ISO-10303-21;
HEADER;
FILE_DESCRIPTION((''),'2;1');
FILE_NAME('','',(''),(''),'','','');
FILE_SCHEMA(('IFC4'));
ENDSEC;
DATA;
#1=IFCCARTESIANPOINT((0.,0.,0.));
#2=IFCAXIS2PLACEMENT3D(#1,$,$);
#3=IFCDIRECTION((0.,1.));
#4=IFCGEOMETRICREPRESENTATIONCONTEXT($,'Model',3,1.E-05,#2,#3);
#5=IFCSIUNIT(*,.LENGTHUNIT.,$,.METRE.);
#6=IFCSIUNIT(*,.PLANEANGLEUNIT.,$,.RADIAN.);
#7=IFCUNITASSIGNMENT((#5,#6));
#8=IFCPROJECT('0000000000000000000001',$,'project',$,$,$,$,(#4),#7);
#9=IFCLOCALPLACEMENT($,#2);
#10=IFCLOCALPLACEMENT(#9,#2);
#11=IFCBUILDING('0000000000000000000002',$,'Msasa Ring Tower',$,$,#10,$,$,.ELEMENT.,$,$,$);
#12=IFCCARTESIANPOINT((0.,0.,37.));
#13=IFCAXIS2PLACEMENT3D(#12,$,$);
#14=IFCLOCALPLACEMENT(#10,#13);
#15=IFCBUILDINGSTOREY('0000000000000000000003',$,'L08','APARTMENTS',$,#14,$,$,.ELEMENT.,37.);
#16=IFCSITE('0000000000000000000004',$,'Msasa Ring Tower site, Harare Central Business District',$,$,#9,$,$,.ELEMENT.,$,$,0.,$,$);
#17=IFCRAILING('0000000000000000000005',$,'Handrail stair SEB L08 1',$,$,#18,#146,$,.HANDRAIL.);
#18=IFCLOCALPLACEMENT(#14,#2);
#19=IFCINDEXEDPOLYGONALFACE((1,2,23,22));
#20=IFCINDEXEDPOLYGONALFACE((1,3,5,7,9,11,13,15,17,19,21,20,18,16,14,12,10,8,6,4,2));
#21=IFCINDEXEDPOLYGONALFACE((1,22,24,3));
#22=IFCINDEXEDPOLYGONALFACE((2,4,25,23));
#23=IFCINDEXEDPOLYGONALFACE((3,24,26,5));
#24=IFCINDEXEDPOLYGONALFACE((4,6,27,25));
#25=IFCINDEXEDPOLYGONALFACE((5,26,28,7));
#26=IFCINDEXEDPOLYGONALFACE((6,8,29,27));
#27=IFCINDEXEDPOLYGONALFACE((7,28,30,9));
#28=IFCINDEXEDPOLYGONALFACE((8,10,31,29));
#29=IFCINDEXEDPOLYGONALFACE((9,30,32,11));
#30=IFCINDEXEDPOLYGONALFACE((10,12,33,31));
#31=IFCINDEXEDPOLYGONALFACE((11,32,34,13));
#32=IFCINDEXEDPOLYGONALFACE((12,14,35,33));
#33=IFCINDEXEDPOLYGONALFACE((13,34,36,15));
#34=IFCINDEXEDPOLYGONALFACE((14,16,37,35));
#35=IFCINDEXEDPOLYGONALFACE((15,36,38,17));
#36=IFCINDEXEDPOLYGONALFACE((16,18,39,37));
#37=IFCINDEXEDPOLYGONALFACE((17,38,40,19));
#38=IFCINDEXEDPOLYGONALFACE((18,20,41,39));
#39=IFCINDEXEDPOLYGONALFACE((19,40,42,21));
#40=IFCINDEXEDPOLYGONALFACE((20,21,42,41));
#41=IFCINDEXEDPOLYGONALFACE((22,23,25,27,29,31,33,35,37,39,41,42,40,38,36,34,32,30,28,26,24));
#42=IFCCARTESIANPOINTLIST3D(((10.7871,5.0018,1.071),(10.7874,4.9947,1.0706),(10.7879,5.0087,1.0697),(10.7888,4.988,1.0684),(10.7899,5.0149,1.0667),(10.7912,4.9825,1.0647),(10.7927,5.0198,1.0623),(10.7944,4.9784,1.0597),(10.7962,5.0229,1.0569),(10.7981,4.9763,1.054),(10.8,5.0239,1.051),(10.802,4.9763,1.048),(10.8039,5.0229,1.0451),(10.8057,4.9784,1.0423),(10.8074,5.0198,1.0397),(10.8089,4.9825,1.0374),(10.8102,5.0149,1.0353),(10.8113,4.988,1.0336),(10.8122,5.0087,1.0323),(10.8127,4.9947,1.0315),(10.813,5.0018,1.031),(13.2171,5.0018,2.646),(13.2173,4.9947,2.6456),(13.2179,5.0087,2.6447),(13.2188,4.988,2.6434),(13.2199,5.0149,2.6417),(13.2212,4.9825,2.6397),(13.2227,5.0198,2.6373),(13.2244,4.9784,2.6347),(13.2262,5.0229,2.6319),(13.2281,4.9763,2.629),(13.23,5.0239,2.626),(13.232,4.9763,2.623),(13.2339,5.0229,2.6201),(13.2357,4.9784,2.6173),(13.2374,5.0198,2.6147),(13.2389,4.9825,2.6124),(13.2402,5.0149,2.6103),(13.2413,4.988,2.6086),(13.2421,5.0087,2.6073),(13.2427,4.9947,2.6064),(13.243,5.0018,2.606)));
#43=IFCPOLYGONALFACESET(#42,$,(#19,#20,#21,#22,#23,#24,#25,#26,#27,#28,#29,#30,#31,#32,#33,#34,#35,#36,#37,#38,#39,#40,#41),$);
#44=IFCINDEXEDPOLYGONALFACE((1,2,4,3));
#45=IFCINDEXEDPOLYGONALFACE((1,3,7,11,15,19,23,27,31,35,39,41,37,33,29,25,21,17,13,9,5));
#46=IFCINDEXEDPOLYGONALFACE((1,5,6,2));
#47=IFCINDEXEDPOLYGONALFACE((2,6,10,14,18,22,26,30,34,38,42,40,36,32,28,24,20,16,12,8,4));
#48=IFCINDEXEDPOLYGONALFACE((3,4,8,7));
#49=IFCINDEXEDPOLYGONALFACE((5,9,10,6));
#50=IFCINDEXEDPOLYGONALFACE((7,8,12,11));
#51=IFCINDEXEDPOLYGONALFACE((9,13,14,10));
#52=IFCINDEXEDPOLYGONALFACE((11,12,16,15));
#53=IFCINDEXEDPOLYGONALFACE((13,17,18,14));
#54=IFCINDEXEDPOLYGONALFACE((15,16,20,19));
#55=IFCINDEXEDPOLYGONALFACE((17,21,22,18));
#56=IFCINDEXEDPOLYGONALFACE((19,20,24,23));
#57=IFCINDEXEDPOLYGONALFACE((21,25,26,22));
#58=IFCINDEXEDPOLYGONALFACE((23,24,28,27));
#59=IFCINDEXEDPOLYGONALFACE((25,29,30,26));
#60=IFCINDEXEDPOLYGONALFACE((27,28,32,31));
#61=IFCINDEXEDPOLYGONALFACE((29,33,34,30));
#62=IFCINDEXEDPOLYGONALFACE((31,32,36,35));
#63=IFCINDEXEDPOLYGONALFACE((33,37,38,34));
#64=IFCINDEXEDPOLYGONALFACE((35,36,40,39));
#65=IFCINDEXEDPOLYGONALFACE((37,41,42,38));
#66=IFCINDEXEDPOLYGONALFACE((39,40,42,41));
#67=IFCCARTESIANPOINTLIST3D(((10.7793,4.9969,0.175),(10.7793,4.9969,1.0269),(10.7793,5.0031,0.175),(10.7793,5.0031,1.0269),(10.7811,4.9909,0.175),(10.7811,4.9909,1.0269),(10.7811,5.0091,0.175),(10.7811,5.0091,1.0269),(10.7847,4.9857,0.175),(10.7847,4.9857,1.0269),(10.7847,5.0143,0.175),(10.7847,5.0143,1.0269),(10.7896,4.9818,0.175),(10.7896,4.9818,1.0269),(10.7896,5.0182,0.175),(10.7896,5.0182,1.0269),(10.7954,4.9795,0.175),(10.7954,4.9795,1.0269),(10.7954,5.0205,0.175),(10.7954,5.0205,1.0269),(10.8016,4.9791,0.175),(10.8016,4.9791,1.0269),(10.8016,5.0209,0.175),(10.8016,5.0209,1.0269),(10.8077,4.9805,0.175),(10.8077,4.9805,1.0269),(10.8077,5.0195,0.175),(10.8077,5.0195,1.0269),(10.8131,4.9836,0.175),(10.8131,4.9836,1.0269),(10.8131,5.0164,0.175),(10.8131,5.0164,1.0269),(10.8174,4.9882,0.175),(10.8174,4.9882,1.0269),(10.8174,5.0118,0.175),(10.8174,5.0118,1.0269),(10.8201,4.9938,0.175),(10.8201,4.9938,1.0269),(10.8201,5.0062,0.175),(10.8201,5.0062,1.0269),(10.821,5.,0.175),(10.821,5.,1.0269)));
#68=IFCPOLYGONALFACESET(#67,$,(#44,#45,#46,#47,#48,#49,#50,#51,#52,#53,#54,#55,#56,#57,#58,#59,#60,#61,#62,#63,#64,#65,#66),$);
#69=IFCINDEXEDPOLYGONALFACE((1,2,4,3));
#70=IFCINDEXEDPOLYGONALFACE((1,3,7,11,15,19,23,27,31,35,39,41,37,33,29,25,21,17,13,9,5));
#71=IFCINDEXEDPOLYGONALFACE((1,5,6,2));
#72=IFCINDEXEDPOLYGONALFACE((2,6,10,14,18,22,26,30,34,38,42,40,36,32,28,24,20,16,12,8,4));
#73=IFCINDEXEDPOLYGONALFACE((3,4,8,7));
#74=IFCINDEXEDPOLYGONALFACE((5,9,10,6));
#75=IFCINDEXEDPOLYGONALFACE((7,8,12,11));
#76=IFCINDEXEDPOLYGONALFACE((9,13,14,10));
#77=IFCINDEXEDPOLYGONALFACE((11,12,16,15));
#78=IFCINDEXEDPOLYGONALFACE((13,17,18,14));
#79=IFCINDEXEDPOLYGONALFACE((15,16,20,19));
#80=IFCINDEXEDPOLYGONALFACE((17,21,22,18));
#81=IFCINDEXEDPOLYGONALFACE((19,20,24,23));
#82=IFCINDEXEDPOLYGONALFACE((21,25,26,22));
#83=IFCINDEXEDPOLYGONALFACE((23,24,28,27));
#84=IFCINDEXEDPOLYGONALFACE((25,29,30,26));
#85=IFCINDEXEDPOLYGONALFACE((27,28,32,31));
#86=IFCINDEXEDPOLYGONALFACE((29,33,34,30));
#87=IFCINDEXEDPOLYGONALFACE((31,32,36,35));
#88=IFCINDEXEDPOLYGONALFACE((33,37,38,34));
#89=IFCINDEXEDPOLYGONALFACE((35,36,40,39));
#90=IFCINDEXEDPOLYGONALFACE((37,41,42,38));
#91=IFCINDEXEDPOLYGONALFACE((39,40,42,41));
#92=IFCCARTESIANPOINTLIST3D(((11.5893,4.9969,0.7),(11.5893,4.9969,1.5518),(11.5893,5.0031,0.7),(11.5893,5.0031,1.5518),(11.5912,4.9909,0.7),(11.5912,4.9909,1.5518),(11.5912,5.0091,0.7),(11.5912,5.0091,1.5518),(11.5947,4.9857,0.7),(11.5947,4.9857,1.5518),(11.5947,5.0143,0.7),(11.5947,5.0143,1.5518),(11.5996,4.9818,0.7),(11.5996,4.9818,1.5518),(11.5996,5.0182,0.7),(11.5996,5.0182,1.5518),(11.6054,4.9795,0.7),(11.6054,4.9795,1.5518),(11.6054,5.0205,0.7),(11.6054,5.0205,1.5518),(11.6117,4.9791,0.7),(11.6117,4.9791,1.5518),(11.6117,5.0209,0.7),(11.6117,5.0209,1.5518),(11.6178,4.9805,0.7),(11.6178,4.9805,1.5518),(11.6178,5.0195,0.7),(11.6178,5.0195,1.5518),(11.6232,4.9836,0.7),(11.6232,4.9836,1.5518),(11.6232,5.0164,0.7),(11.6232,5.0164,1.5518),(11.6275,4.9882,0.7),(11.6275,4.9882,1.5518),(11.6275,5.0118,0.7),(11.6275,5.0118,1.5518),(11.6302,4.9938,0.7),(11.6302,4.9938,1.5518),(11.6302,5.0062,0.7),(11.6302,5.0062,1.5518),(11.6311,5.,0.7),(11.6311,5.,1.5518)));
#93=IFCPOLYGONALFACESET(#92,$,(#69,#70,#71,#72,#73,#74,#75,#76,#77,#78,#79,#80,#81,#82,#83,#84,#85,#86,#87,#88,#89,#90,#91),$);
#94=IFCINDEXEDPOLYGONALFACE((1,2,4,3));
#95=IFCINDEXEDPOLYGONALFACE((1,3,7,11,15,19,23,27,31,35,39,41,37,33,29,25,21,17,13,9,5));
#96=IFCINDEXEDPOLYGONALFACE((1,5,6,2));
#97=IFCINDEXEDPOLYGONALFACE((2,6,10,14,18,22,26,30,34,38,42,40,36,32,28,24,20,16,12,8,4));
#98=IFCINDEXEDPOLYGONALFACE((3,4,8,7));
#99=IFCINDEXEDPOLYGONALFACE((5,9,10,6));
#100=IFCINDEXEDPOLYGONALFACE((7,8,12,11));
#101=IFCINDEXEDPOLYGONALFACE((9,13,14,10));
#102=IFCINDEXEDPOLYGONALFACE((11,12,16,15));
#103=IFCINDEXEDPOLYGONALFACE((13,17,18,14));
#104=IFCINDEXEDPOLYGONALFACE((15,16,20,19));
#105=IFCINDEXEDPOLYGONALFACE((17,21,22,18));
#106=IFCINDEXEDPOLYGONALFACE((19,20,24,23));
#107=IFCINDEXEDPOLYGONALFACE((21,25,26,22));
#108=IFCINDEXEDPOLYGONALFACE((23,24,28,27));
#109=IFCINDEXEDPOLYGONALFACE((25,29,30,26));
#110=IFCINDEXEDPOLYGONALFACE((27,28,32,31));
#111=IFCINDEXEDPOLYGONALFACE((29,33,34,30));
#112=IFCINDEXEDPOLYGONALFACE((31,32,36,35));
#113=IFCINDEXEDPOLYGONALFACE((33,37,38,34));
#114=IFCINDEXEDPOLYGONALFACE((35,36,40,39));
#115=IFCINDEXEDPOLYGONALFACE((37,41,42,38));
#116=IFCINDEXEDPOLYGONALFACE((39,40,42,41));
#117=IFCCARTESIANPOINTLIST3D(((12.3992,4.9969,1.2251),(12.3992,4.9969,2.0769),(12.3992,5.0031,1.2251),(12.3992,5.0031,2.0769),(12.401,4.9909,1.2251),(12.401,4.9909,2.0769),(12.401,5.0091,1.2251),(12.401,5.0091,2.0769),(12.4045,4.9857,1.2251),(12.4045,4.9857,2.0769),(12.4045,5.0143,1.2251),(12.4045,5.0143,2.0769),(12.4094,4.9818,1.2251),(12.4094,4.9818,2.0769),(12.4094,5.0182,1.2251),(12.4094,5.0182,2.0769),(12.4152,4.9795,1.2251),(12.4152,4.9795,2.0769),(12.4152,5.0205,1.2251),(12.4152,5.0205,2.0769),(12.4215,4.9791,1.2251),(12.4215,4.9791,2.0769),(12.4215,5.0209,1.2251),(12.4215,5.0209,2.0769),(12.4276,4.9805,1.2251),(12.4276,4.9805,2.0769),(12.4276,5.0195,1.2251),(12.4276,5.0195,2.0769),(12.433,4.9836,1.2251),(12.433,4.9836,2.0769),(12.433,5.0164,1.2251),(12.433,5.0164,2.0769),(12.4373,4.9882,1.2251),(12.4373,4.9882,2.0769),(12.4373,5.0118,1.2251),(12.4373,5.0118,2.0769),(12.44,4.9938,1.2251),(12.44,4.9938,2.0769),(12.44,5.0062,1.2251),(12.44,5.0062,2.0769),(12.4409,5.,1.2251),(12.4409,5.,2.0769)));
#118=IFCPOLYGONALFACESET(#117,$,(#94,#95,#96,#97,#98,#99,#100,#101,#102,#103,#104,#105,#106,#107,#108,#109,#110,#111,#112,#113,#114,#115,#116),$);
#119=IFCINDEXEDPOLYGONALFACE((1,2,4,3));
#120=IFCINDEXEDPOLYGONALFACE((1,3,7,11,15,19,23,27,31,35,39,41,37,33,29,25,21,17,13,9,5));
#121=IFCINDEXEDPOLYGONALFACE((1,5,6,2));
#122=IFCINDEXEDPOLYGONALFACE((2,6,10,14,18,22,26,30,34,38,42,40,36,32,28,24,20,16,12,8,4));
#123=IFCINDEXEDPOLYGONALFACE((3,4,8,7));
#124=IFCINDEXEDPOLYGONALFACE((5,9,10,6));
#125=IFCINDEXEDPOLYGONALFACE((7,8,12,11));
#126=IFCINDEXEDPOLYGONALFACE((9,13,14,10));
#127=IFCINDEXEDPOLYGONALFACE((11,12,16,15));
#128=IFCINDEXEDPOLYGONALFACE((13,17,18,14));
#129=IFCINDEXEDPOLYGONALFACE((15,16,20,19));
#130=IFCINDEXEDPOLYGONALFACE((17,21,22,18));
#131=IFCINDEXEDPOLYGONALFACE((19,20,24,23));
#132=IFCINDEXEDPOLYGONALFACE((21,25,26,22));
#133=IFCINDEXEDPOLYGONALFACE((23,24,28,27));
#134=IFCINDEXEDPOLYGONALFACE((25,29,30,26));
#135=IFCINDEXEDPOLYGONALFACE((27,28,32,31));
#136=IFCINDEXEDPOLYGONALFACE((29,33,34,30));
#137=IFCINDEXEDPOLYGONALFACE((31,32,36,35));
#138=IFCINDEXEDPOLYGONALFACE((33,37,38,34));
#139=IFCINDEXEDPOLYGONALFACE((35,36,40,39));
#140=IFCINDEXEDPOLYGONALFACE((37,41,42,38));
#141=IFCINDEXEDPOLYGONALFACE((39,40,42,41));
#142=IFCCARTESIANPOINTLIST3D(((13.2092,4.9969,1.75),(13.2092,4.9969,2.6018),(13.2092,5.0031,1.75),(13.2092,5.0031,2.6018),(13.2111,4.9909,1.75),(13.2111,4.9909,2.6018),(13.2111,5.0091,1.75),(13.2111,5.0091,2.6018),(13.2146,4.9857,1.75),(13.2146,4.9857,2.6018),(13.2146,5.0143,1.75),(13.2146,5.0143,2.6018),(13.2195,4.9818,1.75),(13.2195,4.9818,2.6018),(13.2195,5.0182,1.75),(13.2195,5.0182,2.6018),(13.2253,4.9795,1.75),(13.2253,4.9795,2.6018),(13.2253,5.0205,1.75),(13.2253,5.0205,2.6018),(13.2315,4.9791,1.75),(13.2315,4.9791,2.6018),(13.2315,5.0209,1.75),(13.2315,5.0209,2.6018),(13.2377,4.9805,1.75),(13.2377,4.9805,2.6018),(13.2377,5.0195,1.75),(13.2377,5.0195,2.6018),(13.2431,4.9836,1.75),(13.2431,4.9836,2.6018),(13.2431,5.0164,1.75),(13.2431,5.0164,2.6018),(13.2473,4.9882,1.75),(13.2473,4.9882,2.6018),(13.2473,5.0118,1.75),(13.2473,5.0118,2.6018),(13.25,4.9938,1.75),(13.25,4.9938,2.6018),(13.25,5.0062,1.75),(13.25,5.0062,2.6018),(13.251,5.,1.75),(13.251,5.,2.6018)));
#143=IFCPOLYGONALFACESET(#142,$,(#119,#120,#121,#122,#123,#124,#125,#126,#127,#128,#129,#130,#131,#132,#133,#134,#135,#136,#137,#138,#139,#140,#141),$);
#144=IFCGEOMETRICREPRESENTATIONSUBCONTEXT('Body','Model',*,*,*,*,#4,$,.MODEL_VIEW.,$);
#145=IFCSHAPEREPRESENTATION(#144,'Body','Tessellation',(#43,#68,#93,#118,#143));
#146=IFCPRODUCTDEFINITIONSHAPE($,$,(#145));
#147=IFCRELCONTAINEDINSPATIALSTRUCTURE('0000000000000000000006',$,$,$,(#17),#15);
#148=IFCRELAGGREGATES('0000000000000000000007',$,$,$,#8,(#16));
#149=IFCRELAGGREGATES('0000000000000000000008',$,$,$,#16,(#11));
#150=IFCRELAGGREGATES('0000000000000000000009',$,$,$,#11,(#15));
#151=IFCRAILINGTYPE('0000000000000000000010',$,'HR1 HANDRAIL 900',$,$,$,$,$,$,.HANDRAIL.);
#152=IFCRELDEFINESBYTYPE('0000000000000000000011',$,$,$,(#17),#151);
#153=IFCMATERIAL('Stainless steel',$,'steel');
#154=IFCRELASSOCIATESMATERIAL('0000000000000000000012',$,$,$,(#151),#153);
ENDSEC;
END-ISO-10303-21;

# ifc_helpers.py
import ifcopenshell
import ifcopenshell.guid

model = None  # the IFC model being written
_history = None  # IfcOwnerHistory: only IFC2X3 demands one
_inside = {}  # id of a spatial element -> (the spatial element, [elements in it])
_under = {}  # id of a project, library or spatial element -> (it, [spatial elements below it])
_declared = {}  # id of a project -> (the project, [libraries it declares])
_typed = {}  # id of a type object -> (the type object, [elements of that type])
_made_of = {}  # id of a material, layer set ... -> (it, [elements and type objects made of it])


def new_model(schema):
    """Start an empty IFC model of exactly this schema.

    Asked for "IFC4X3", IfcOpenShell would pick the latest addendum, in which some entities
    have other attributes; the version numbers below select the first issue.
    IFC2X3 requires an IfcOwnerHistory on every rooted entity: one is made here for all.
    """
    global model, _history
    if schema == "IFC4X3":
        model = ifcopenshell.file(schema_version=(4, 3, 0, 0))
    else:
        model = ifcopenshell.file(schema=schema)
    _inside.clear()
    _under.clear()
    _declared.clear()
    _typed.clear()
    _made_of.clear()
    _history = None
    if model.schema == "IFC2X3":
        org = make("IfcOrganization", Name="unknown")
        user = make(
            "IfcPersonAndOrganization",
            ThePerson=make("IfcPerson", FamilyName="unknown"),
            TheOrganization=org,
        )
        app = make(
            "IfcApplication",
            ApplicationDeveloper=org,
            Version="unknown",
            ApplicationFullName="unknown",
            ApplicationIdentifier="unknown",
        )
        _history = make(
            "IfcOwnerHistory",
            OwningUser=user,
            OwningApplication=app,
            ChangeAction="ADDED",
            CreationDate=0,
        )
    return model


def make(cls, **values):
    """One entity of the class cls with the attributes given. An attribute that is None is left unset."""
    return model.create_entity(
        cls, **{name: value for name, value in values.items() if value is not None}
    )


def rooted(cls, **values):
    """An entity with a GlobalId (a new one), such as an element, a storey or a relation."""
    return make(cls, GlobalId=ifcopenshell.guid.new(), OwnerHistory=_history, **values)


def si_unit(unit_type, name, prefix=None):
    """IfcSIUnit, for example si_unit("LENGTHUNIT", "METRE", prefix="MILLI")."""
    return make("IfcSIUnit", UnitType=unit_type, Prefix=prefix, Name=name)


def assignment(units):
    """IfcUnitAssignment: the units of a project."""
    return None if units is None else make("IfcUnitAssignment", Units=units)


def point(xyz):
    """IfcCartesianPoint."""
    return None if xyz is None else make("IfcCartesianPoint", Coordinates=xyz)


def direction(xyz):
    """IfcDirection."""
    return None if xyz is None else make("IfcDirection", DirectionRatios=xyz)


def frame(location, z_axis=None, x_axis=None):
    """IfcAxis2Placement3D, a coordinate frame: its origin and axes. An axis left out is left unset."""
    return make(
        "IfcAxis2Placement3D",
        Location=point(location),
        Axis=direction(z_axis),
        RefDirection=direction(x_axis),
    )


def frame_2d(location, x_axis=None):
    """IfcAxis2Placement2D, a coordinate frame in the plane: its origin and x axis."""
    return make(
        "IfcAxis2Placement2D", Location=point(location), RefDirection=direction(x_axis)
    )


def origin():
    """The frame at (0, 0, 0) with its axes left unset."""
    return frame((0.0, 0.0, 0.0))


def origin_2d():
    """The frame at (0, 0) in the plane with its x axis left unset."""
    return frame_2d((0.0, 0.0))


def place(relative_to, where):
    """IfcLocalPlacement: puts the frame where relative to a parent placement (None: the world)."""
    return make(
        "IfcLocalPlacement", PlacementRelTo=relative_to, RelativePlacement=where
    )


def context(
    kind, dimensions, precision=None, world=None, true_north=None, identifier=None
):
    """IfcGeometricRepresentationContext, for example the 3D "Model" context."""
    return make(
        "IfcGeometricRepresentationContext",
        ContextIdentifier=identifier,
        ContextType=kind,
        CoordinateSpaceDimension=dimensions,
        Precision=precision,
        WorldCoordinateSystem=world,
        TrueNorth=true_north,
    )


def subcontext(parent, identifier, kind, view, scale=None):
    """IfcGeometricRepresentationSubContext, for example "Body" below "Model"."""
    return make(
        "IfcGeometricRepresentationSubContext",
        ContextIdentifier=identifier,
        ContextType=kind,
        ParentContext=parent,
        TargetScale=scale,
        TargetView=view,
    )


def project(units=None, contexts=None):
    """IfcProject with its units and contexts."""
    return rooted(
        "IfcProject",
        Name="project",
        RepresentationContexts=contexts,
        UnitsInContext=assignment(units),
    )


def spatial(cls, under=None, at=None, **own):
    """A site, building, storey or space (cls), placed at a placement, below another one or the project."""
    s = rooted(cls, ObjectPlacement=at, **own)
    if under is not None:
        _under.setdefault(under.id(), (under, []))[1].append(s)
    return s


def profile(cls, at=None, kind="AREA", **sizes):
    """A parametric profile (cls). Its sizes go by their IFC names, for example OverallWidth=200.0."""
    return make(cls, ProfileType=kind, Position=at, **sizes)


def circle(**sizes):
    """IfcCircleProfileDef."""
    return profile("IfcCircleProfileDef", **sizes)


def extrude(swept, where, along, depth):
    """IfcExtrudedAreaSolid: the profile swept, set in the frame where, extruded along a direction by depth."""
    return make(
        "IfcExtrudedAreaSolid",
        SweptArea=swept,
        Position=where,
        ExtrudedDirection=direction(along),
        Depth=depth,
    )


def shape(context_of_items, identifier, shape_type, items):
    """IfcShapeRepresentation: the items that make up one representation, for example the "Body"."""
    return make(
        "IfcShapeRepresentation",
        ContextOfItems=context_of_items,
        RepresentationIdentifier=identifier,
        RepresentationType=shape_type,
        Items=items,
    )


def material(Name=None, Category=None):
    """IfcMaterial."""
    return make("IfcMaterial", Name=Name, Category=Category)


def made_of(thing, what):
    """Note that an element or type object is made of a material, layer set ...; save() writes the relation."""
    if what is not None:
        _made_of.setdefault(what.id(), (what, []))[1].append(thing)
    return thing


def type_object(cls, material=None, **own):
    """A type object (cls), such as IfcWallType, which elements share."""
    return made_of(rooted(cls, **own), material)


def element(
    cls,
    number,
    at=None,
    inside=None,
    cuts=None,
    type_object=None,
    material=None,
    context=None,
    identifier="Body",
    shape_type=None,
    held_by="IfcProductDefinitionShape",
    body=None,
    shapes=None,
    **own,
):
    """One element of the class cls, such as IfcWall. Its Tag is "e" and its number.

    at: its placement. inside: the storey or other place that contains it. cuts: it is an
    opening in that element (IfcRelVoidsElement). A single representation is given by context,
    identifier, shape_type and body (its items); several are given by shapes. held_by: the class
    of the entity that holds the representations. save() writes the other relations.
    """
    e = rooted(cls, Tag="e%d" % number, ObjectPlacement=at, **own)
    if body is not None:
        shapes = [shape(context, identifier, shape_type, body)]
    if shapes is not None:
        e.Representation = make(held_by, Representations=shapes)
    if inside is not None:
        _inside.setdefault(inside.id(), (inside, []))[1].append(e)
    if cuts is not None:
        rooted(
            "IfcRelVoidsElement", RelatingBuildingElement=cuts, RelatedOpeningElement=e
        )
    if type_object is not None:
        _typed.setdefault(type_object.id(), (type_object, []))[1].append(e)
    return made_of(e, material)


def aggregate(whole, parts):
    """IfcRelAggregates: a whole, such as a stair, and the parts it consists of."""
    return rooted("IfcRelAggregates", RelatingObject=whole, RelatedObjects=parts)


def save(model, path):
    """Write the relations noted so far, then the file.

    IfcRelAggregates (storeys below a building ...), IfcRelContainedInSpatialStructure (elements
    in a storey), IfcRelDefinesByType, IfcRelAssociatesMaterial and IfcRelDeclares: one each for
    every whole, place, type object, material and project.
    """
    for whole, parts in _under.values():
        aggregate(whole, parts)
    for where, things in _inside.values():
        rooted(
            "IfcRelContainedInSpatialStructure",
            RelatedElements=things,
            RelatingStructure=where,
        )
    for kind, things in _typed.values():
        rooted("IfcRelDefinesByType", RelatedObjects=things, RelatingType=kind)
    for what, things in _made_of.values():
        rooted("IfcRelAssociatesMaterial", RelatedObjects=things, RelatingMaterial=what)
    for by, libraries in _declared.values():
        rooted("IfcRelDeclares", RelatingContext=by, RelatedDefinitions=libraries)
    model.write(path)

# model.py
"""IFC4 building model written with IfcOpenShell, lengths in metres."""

from ifc_helpers import new_model, si_unit, direction, frame, origin, origin_2d, place, context, subcontext, project, spatial, circle, extrude, material, type_object, element, save


model = new_model("IFC4")

# Units and contexts
model_context = context("Model", 3, precision=1e-05, world=origin(), true_north=direction((0.0, 1.0)))
body_context = subcontext(model_context, "Body", "Model", "MODEL_VIEW")
ifc_project = project(units=[si_unit("LENGTHUNIT", "METRE"), si_unit("PLANEANGLEUNIT", "RADIAN")], contexts=[model_context])

# Site, building, storey
site_placement = place(None, origin())
site = spatial("IfcSite", under=ifc_project, at=site_placement, Name="Msasa Ring Tower site, Harare Central Business District", CompositionType="ELEMENT", RefElevation=0.0)
building_placement = place(site_placement, origin())
building = spatial("IfcBuilding", under=site, at=building_placement, Name="Msasa Ring Tower", CompositionType="ELEMENT")
storey_placement = place(building_placement, frame((0.0, 0.0, 37.0)))
storey = spatial("IfcBuildingStorey", under=building, at=storey_placement, Name="L08", Description="APARTMENTS", CompositionType="ELEMENT", Elevation=37.0)

# Railing
ifc_material_1 = material(Name="Stainless steel", Category="steel")
railing_type = type_object("IfcRailingType", Name="HR1 HANDRAIL 900", PredefinedType="HANDRAIL", material=ifc_material_1)
for number, where, name in (
    (1, (10.8, 5.0, 0.175), "Handrail stair SEB L08 1"),
):
    element("IfcRailing", number, at=place(storey_placement, frame(where)), inside=storey, type_object=railing_type, Name=name, PredefinedType="HANDRAIL", context=body_context, shape_type="SweptSolid", body=[
        extrude(circle(Radius=0.0239, at=origin_2d()), frame((0.0, 0.0, 0.876), z_axis=(0.839154, 0.0, 0.543894), x_axis=(0.0, 1.0, 0.0)), (0.0, 0.0, 1.0), 2.8958),
        extrude(circle(Radius=0.021, at=origin_2d()), origin(), (0.0, 0.0, 1.0), 0.8518),
        extrude(circle(Radius=0.021, at=origin_2d()), frame((0.8101, 0.0, 0.5249)), (0.0, 0.0, 1.0), 0.8518),
        extrude(circle(Radius=0.021, at=origin_2d()), frame((1.6199, 0.0, 1.05)), (0.0, 0.0, 1.0), 0.8518),
        extrude(circle(Radius=0.021, at=origin_2d()), frame((2.4299, 0.0, 1.575)), (0.0, 0.0, 1.0), 0.8518),
    ])

save(model, "model.ifc")
